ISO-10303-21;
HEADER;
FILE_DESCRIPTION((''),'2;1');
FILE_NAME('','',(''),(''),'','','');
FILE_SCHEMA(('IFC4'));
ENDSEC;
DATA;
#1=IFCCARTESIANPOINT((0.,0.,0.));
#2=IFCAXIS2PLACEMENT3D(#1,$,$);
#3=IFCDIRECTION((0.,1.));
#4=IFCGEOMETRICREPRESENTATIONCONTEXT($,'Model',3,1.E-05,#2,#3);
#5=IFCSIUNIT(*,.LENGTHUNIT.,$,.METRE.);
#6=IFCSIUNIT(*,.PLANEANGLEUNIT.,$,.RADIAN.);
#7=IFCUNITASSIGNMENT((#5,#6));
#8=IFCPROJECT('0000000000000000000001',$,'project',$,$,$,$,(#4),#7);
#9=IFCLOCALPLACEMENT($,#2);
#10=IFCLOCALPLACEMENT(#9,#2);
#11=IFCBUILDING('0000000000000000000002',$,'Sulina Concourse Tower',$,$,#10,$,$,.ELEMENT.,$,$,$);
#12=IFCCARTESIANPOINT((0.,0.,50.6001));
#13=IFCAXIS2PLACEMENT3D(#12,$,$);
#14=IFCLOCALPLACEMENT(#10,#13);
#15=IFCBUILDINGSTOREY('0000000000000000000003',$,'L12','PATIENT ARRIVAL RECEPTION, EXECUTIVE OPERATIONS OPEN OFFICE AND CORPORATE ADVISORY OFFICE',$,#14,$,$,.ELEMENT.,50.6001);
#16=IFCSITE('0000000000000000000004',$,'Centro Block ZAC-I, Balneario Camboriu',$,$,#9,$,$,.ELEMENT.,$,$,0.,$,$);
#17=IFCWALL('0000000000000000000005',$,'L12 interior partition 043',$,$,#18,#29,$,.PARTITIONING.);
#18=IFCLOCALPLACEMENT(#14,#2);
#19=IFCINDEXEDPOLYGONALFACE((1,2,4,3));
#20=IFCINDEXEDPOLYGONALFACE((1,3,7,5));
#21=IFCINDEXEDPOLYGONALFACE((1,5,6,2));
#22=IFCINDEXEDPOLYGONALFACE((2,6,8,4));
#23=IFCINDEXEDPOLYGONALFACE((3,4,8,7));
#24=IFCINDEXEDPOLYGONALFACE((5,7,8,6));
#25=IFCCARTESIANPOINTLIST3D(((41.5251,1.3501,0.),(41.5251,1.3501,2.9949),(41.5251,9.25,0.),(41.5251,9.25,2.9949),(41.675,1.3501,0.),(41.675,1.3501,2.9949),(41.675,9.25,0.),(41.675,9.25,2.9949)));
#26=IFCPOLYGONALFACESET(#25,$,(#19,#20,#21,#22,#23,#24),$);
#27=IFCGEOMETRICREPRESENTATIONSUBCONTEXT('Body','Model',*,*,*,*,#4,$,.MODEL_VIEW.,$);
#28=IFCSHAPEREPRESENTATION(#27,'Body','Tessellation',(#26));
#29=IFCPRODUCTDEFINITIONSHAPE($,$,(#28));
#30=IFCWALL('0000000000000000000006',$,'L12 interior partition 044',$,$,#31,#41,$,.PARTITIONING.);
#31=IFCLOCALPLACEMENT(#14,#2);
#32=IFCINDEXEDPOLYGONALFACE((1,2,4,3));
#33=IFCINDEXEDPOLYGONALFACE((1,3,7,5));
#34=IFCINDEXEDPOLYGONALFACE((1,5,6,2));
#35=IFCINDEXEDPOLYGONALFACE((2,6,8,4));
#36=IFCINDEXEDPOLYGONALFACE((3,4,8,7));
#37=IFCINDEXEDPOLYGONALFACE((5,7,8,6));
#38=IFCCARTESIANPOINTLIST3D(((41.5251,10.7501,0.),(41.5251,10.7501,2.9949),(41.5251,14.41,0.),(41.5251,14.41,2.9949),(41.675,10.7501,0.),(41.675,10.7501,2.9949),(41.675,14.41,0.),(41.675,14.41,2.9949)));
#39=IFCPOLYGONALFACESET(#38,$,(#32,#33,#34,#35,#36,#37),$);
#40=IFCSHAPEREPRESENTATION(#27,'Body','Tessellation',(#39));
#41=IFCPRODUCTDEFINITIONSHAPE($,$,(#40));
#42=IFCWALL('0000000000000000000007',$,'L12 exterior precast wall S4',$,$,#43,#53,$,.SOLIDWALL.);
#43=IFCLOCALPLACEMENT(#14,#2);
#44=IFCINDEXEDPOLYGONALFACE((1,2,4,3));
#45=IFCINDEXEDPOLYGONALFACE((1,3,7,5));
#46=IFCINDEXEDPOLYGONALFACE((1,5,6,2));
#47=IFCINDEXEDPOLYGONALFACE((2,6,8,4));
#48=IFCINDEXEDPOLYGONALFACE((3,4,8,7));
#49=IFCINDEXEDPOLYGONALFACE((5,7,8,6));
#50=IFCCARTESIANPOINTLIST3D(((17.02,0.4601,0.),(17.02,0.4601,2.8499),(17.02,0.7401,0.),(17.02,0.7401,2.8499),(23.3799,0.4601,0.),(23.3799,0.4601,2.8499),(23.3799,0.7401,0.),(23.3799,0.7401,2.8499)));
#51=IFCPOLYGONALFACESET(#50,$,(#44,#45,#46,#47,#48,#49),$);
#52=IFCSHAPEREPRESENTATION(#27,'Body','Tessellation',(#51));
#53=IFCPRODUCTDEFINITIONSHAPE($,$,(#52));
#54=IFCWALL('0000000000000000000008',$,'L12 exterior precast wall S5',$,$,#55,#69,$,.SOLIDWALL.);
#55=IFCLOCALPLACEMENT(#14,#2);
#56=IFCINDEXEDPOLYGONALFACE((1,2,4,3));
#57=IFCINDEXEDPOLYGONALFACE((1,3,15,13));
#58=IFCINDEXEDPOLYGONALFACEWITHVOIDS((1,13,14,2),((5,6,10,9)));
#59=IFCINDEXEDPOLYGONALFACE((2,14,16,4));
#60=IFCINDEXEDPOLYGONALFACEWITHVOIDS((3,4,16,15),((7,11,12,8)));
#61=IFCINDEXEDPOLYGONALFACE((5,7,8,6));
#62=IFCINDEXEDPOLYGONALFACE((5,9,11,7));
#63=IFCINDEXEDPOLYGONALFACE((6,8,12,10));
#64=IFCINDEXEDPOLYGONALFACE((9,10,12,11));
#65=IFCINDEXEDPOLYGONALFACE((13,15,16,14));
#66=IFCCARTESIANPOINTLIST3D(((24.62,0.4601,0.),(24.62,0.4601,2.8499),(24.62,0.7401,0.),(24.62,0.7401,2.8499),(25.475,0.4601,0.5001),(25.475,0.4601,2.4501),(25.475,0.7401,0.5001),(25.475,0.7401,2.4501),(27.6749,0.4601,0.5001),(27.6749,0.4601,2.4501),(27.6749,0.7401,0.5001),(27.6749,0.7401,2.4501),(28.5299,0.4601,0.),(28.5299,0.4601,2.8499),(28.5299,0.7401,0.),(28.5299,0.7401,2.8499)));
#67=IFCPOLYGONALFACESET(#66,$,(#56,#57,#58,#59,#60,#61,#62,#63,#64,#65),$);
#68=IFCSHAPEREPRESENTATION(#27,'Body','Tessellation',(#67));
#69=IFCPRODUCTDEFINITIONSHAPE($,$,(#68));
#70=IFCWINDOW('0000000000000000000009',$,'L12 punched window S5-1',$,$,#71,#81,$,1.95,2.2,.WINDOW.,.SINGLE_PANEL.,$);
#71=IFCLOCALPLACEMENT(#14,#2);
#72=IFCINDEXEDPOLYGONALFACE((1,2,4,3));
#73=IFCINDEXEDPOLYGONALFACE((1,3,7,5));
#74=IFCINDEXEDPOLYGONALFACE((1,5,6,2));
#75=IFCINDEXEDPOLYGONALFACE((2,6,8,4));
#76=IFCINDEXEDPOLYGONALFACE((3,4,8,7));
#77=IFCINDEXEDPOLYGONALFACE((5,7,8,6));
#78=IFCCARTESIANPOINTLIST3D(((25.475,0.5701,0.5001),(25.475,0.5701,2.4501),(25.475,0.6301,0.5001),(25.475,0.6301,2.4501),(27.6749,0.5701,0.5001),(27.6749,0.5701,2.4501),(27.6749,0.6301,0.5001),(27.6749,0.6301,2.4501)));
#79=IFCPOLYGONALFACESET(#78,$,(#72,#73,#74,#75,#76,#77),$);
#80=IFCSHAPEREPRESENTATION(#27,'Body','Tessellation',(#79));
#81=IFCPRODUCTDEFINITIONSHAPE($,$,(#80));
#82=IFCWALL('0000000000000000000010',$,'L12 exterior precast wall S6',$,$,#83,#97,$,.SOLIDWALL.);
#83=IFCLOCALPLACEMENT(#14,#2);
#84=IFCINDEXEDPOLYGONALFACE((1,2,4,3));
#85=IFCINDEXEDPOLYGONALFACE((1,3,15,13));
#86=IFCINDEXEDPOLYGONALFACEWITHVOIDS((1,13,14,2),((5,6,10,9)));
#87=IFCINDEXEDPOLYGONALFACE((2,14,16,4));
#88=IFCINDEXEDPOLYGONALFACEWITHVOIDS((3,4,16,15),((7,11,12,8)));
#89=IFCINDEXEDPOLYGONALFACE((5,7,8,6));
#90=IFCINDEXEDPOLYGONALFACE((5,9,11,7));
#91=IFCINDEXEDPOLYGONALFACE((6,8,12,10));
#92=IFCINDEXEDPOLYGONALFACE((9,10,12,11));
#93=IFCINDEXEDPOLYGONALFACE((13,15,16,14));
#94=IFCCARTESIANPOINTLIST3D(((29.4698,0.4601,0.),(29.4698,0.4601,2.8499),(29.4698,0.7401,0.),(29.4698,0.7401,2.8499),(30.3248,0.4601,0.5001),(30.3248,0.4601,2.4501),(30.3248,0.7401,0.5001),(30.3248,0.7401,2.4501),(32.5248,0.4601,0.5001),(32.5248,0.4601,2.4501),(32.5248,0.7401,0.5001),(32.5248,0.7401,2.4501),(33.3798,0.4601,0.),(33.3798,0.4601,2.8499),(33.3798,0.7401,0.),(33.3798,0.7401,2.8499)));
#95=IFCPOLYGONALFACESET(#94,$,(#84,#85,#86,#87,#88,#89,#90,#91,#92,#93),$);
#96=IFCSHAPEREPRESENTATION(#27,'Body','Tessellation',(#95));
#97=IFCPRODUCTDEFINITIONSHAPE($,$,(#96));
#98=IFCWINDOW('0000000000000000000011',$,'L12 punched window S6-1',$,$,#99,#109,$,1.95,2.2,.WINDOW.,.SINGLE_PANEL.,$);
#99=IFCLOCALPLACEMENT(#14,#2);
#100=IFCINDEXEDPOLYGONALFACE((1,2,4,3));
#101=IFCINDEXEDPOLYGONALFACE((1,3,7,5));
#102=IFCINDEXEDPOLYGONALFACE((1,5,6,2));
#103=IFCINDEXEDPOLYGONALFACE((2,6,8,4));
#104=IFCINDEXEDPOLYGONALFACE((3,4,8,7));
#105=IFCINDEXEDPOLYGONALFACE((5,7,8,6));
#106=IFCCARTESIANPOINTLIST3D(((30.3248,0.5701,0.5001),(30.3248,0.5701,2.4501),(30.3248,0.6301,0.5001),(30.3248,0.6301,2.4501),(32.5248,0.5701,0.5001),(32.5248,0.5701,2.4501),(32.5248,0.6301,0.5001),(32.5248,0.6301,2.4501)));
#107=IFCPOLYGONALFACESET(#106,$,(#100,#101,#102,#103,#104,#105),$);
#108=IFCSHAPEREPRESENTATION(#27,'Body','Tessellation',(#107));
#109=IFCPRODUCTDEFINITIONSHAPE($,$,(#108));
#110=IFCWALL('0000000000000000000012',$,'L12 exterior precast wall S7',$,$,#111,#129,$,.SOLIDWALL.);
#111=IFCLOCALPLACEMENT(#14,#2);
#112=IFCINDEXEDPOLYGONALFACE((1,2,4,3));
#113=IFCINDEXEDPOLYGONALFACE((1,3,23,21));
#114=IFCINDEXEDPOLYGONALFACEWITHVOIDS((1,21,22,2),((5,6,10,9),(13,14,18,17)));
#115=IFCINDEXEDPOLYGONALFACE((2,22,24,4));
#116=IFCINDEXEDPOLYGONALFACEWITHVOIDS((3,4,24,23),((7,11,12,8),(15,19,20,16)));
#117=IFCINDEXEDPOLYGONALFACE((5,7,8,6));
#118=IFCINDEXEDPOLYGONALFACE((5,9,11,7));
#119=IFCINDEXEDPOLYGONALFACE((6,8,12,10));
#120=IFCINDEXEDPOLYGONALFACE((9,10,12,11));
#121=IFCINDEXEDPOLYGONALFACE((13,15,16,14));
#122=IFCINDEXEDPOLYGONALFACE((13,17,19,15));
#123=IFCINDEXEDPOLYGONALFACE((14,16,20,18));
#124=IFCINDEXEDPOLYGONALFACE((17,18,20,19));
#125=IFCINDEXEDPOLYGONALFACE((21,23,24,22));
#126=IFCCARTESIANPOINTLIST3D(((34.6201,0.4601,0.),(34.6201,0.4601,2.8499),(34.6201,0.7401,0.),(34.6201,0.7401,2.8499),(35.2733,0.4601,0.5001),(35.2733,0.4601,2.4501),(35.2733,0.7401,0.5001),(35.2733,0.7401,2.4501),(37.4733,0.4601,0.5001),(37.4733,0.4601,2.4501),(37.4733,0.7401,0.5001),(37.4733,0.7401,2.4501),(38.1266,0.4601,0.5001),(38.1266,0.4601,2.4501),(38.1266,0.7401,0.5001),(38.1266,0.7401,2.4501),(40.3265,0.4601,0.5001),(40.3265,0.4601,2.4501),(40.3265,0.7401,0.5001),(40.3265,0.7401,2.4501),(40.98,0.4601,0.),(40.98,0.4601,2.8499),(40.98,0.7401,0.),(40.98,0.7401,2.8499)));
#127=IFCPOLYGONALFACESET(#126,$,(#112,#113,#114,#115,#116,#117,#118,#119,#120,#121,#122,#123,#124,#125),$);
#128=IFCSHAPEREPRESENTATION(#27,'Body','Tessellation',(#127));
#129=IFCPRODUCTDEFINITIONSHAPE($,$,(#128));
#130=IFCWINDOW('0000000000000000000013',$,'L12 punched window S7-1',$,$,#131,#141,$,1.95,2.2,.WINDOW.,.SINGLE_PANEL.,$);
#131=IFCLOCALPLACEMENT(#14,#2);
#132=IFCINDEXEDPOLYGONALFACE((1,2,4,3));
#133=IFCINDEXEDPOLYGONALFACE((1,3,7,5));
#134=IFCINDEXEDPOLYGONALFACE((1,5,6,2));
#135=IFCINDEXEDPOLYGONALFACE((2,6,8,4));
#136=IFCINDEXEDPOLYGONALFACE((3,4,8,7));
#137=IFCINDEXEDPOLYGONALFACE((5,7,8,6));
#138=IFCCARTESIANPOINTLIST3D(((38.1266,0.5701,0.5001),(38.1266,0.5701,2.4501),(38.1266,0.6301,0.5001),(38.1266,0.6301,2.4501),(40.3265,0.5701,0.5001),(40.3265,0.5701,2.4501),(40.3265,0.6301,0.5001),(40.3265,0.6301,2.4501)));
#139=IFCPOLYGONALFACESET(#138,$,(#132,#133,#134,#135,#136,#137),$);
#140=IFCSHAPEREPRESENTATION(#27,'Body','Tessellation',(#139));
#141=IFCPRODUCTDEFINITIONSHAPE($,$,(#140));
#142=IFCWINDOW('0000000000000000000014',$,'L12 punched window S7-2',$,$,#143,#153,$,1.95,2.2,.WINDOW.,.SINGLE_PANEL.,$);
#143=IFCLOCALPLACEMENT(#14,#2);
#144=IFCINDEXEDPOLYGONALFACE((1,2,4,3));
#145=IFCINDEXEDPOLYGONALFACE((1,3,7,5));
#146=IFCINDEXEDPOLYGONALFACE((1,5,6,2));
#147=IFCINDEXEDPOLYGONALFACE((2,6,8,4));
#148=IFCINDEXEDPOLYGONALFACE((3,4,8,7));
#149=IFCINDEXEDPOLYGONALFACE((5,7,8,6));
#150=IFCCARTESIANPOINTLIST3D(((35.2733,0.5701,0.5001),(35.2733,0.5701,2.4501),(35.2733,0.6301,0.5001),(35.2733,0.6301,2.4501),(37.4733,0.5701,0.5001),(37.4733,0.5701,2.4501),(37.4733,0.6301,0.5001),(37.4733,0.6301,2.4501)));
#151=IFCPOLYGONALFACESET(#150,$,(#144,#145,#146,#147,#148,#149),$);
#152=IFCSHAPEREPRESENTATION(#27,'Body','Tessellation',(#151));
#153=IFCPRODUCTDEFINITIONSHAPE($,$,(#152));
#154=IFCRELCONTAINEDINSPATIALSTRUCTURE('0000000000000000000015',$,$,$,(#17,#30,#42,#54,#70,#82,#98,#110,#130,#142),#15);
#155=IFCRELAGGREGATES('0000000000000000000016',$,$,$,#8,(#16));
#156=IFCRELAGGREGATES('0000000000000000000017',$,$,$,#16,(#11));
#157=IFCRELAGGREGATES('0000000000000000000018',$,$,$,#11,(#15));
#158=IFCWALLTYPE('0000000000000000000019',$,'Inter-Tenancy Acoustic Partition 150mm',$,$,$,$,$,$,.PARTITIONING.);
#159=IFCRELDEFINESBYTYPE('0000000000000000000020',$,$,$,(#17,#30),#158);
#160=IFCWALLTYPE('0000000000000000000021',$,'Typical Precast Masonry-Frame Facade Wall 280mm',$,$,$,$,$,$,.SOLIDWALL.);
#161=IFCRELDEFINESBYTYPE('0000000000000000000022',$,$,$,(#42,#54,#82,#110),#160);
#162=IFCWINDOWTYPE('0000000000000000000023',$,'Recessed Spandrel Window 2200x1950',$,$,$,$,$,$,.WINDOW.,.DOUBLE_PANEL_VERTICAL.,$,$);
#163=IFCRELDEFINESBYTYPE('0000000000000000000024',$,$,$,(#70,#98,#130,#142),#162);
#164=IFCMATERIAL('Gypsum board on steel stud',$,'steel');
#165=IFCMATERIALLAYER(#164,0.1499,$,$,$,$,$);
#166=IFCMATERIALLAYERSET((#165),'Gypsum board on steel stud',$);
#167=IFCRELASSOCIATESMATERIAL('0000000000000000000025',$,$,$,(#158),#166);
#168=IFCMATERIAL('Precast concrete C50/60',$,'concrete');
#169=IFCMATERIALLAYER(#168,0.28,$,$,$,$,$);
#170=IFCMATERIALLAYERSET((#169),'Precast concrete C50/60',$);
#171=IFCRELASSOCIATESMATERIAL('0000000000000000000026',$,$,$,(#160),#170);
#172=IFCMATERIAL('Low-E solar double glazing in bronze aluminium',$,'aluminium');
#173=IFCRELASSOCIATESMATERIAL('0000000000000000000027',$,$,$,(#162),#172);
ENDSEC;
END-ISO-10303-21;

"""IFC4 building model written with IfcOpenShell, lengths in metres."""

from ifc_helpers import new_model, si_unit, direction, frame, frame_2d, origin, place, context, subcontext, project, spatial, rectangle, extrude, material, layer, layer_set, type_object, element, fill, save


model = new_model("IFC4")

# Units and contexts
model_context = context("Model", 3, precision=1e-05, world=origin(), true_north=direction((0.0, 1.0)))
body_context = subcontext(model_context, "Body", "Model", "MODEL_VIEW")
ifc_project = project(units=[si_unit("LENGTHUNIT", "METRE"), si_unit("PLANEANGLEUNIT", "RADIAN")], contexts=[model_context])

# Site, building, storey
site_placement = place(None, origin())
site = spatial("IfcSite", under=ifc_project, at=site_placement, Name="Centro Block ZAC-I, Balneario Camboriu", CompositionType="ELEMENT", RefElevation=0.0)
building_placement = place(site_placement, origin())
building = spatial("IfcBuilding", under=site, at=building_placement, Name="Sulina Concourse Tower", CompositionType="ELEMENT")
storey_placement = place(building_placement, frame((0.0, 0.0, 50.6001)))
storey = spatial("IfcBuildingStorey", under=building, at=storey_placement, Name="L12", Description="PATIENT ARRIVAL RECEPTION, EXECUTIVE OPERATIONS OPEN OFFICE AND CORPORATE ADVISORY OFFICE", CompositionType="ELEMENT", Elevation=50.6001)

# Walls
ifc_material_1 = material(Name="Gypsum board on steel stud", Category="steel")
ifc_layer_1 = layer(ifc_material_1, 0.1499)
ifc_layer_set_1 = layer_set([ifc_layer_1], Name="Gypsum board on steel stud")
wall_type_1 = type_object("IfcWallType", Name="Inter-Tenancy Acoustic Partition 150mm", PredefinedType="PARTITIONING", material=ifc_layer_set_1)
wall_1_placement = place(storey_placement, frame((41.6001, 1.3501, 0.0), z_axis=(0.0, 0.0, 1.0), x_axis=(0.0, 1.0, 0.0)))
element("IfcWall", 1, at=wall_1_placement, inside=storey, type_object=wall_type_1, Name="L12 interior partition 043", PredefinedType="PARTITIONING", context=body_context, shape_type="SweptSolid", body=[
    extrude(rectangle(XDim=7.8999, YDim=0.1499, at=frame_2d((3.95, 0.0))), origin(), (0.0, 0.0, 1.0), 2.9949),
])
wall_2_placement = place(storey_placement, frame((41.6001, 10.75, 0.0), z_axis=(0.0, 0.0, 1.0), x_axis=(0.0, 1.0, 0.0)))
element("IfcWall", 2, at=wall_2_placement, inside=storey, type_object=wall_type_1, Name="L12 interior partition 044", PredefinedType="PARTITIONING", context=body_context, shape_type="SweptSolid", body=[
    extrude(rectangle(XDim=3.6599, YDim=0.1499, at=frame_2d((1.8301, 0.0))), origin(), (0.0, 0.0, 1.0), 2.9949),
])
ifc_material_2 = material(Name="Precast concrete C50/60", Category="concrete")
ifc_layer_2 = layer(ifc_material_2, 0.28)
ifc_layer_set_2 = layer_set([ifc_layer_2], Name="Precast concrete C50/60")
wall_type_2 = type_object("IfcWallType", Name="Typical Precast Masonry-Frame Facade Wall 280mm", PredefinedType="SOLIDWALL", material=ifc_layer_set_2)
wall_3_placement = place(storey_placement, frame((23.3799, 0.6001, 0.0), z_axis=(0.0, 0.0, 1.0), x_axis=(-1.0, 0.0, 0.0)))
element("IfcWall", 3, at=wall_3_placement, inside=storey, type_object=wall_type_2, Name="L12 exterior precast wall S4", PredefinedType="SOLIDWALL", context=body_context, shape_type="SweptSolid", body=[
    extrude(rectangle(XDim=6.3599, YDim=0.28, at=frame_2d((3.1799, 0.0))), origin(), (0.0, 0.0, 1.0), 2.8499),
])

# Walls, openings, windows
wall_4_placement = place(storey_placement, frame((28.53, 0.6001, 0.0), z_axis=(0.0, 0.0, 1.0), x_axis=(-1.0, 0.0, 0.0)))
wall_4 = element("IfcWall", 4, at=wall_4_placement, inside=storey, type_object=wall_type_2, Name="L12 exterior precast wall S5", PredefinedType="SOLIDWALL", context=body_context, shape_type="SweptSolid", body=[
    extrude(rectangle(XDim=3.9099, YDim=0.28, at=frame_2d((1.9551, 0.0))), origin(), (0.0, 0.0, 1.0), 2.8499),
])
opening_1_placement = place(wall_4_placement, frame((0.855, 0.0, 0.5)))
opening_1 = element("IfcOpeningElement", 5, at=opening_1_placement, cuts=wall_4, PredefinedType="OPENING", context=body_context, shape_type="SweptSolid", body=[
    extrude(rectangle(XDim=2.2, YDim=1.95, at=frame_2d((1.1001, 0.9751))), frame((0.0, 0.1499, 0.0), z_axis=(0.0, -1.0, 0.0), x_axis=(1.0, 0.0, 0.0)), (0.0, 0.0, 1.0), 0.3),
])
ifc_material_3 = material(Name="Low-E solar double glazing in bronze aluminium", Category="aluminium")
window_type = type_object("IfcWindowType", Name="Recessed Spandrel Window 2200x1950", PartitioningType="DOUBLE_PANEL_VERTICAL", PredefinedType="WINDOW", material=ifc_material_3)
window_1_placement = place(opening_1_placement, origin())
window_1 = element("IfcWindow", 6, at=window_1_placement, inside=storey, type_object=window_type, Name="L12 punched window S5-1", OverallHeight=1.95, OverallWidth=2.2, PartitioningType="SINGLE_PANEL", PredefinedType="WINDOW", context=body_context, shape_type="SweptSolid", body=[
    extrude(rectangle(XDim=2.2, YDim=1.95, at=frame_2d((1.1001, 0.9751))), frame((0.0, 0.03, 0.0), z_axis=(0.0, -1.0, 0.0), x_axis=(1.0, 0.0, 0.0)), (0.0, 0.0, 1.0), 0.0601),
])
fill(opening_1, window_1)
wall_5_placement = place(storey_placement, frame((33.3799, 0.6001, 0.0), z_axis=(0.0, 0.0, 1.0), x_axis=(-1.0, 0.0, 0.0)))
wall_5 = element("IfcWall", 7, at=wall_5_placement, inside=storey, type_object=wall_type_2, Name="L12 exterior precast wall S6", PredefinedType="SOLIDWALL", context=body_context, shape_type="SweptSolid", body=[
    extrude(rectangle(XDim=3.9099, YDim=0.28, at=frame_2d((1.9551, 0.0))), origin(), (0.0, 0.0, 1.0), 2.8499),
])
opening_2_placement = place(wall_5_placement, frame((0.855, 0.0, 0.5)))
opening_2 = element("IfcOpeningElement", 8, at=opening_2_placement, cuts=wall_5, PredefinedType="OPENING", context=body_context, shape_type="SweptSolid", body=[
    extrude(rectangle(XDim=2.2, YDim=1.95, at=frame_2d((1.1001, 0.9751))), frame((0.0, 0.1499, 0.0), z_axis=(0.0, -1.0, 0.0), x_axis=(1.0, 0.0, 0.0)), (0.0, 0.0, 1.0), 0.3),
])
window_2_placement = place(opening_2_placement, origin())
window_2 = element("IfcWindow", 9, at=window_2_placement, inside=storey, type_object=window_type, Name="L12 punched window S6-1", OverallHeight=1.95, OverallWidth=2.2, PartitioningType="SINGLE_PANEL", PredefinedType="WINDOW", context=body_context, shape_type="SweptSolid", body=[
    extrude(rectangle(XDim=2.2, YDim=1.95, at=frame_2d((1.1001, 0.9751))), frame((0.0, 0.03, 0.0), z_axis=(0.0, -1.0, 0.0), x_axis=(1.0, 0.0, 0.0)), (0.0, 0.0, 1.0), 0.0601),
])
fill(opening_2, window_2)

# Wall, openings, windows
wall_6_placement = place(storey_placement, frame((40.98, 0.6001, 0.0), z_axis=(0.0, 0.0, 1.0), x_axis=(-1.0, 0.0, 0.0)))
wall_6 = element("IfcWall", 10, at=wall_6_placement, inside=storey, type_object=wall_type_2, Name="L12 exterior precast wall S7", PredefinedType="SOLIDWALL", context=body_context, shape_type="SweptSolid", body=[
    extrude(rectangle(XDim=6.3599, YDim=0.28, at=frame_2d((3.1799, 0.0))), origin(), (0.0, 0.0, 1.0), 2.8499),
])
opening_3_placement = place(wall_6_placement, frame((0.6533, 0.0, 0.5)))
opening_3 = element("IfcOpeningElement", 11, at=opening_3_placement, cuts=wall_6, PredefinedType="OPENING", context=body_context, shape_type="SweptSolid", body=[
    extrude(rectangle(XDim=2.2, YDim=1.95, at=frame_2d((1.1001, 0.9751))), frame((0.0, 0.1499, 0.0), z_axis=(0.0, -1.0, 0.0), x_axis=(1.0, 0.0, 0.0)), (0.0, 0.0, 1.0), 0.3),
])
opening_4_placement = place(wall_6_placement, frame((3.5066, 0.0, 0.5)))
opening_4 = element("IfcOpeningElement", 12, at=opening_4_placement, cuts=wall_6, PredefinedType="OPENING", context=body_context, shape_type="SweptSolid", body=[
    extrude(rectangle(XDim=2.2, YDim=1.95, at=frame_2d((1.1001, 0.9751))), frame((0.0, 0.1499, 0.0), z_axis=(0.0, -1.0, 0.0), x_axis=(1.0, 0.0, 0.0)), (0.0, 0.0, 1.0), 0.3),
])
window_3_placement = place(opening_3_placement, origin())
window_3 = element("IfcWindow", 13, at=window_3_placement, inside=storey, type_object=window_type, Name="L12 punched window S7-1", OverallHeight=1.95, OverallWidth=2.2, PartitioningType="SINGLE_PANEL", PredefinedType="WINDOW", context=body_context, shape_type="SweptSolid", body=[
    extrude(rectangle(XDim=2.2, YDim=1.95, at=frame_2d((1.1001, 0.9751))), frame((0.0, 0.03, 0.0), z_axis=(0.0, -1.0, 0.0), x_axis=(1.0, 0.0, 0.0)), (0.0, 0.0, 1.0), 0.0601),
])
fill(opening_3, window_3)
window_4_placement = place(opening_4_placement, origin())
window_4 = element("IfcWindow", 14, at=window_4_placement, inside=storey, type_object=window_type, Name="L12 punched window S7-2", OverallHeight=1.95, OverallWidth=2.2, PartitioningType="SINGLE_PANEL", PredefinedType="WINDOW", context=body_context, shape_type="SweptSolid", body=[
    extrude(rectangle(XDim=2.2, YDim=1.95, at=frame_2d((1.1001, 0.9751))), frame((0.0, 0.03, 0.0), z_axis=(0.0, -1.0, 0.0), x_axis=(1.0, 0.0, 0.0)), (0.0, 0.0, 1.0), 0.0601),
])
fill(opening_4, window_4)

save(model, "model.ifc")
